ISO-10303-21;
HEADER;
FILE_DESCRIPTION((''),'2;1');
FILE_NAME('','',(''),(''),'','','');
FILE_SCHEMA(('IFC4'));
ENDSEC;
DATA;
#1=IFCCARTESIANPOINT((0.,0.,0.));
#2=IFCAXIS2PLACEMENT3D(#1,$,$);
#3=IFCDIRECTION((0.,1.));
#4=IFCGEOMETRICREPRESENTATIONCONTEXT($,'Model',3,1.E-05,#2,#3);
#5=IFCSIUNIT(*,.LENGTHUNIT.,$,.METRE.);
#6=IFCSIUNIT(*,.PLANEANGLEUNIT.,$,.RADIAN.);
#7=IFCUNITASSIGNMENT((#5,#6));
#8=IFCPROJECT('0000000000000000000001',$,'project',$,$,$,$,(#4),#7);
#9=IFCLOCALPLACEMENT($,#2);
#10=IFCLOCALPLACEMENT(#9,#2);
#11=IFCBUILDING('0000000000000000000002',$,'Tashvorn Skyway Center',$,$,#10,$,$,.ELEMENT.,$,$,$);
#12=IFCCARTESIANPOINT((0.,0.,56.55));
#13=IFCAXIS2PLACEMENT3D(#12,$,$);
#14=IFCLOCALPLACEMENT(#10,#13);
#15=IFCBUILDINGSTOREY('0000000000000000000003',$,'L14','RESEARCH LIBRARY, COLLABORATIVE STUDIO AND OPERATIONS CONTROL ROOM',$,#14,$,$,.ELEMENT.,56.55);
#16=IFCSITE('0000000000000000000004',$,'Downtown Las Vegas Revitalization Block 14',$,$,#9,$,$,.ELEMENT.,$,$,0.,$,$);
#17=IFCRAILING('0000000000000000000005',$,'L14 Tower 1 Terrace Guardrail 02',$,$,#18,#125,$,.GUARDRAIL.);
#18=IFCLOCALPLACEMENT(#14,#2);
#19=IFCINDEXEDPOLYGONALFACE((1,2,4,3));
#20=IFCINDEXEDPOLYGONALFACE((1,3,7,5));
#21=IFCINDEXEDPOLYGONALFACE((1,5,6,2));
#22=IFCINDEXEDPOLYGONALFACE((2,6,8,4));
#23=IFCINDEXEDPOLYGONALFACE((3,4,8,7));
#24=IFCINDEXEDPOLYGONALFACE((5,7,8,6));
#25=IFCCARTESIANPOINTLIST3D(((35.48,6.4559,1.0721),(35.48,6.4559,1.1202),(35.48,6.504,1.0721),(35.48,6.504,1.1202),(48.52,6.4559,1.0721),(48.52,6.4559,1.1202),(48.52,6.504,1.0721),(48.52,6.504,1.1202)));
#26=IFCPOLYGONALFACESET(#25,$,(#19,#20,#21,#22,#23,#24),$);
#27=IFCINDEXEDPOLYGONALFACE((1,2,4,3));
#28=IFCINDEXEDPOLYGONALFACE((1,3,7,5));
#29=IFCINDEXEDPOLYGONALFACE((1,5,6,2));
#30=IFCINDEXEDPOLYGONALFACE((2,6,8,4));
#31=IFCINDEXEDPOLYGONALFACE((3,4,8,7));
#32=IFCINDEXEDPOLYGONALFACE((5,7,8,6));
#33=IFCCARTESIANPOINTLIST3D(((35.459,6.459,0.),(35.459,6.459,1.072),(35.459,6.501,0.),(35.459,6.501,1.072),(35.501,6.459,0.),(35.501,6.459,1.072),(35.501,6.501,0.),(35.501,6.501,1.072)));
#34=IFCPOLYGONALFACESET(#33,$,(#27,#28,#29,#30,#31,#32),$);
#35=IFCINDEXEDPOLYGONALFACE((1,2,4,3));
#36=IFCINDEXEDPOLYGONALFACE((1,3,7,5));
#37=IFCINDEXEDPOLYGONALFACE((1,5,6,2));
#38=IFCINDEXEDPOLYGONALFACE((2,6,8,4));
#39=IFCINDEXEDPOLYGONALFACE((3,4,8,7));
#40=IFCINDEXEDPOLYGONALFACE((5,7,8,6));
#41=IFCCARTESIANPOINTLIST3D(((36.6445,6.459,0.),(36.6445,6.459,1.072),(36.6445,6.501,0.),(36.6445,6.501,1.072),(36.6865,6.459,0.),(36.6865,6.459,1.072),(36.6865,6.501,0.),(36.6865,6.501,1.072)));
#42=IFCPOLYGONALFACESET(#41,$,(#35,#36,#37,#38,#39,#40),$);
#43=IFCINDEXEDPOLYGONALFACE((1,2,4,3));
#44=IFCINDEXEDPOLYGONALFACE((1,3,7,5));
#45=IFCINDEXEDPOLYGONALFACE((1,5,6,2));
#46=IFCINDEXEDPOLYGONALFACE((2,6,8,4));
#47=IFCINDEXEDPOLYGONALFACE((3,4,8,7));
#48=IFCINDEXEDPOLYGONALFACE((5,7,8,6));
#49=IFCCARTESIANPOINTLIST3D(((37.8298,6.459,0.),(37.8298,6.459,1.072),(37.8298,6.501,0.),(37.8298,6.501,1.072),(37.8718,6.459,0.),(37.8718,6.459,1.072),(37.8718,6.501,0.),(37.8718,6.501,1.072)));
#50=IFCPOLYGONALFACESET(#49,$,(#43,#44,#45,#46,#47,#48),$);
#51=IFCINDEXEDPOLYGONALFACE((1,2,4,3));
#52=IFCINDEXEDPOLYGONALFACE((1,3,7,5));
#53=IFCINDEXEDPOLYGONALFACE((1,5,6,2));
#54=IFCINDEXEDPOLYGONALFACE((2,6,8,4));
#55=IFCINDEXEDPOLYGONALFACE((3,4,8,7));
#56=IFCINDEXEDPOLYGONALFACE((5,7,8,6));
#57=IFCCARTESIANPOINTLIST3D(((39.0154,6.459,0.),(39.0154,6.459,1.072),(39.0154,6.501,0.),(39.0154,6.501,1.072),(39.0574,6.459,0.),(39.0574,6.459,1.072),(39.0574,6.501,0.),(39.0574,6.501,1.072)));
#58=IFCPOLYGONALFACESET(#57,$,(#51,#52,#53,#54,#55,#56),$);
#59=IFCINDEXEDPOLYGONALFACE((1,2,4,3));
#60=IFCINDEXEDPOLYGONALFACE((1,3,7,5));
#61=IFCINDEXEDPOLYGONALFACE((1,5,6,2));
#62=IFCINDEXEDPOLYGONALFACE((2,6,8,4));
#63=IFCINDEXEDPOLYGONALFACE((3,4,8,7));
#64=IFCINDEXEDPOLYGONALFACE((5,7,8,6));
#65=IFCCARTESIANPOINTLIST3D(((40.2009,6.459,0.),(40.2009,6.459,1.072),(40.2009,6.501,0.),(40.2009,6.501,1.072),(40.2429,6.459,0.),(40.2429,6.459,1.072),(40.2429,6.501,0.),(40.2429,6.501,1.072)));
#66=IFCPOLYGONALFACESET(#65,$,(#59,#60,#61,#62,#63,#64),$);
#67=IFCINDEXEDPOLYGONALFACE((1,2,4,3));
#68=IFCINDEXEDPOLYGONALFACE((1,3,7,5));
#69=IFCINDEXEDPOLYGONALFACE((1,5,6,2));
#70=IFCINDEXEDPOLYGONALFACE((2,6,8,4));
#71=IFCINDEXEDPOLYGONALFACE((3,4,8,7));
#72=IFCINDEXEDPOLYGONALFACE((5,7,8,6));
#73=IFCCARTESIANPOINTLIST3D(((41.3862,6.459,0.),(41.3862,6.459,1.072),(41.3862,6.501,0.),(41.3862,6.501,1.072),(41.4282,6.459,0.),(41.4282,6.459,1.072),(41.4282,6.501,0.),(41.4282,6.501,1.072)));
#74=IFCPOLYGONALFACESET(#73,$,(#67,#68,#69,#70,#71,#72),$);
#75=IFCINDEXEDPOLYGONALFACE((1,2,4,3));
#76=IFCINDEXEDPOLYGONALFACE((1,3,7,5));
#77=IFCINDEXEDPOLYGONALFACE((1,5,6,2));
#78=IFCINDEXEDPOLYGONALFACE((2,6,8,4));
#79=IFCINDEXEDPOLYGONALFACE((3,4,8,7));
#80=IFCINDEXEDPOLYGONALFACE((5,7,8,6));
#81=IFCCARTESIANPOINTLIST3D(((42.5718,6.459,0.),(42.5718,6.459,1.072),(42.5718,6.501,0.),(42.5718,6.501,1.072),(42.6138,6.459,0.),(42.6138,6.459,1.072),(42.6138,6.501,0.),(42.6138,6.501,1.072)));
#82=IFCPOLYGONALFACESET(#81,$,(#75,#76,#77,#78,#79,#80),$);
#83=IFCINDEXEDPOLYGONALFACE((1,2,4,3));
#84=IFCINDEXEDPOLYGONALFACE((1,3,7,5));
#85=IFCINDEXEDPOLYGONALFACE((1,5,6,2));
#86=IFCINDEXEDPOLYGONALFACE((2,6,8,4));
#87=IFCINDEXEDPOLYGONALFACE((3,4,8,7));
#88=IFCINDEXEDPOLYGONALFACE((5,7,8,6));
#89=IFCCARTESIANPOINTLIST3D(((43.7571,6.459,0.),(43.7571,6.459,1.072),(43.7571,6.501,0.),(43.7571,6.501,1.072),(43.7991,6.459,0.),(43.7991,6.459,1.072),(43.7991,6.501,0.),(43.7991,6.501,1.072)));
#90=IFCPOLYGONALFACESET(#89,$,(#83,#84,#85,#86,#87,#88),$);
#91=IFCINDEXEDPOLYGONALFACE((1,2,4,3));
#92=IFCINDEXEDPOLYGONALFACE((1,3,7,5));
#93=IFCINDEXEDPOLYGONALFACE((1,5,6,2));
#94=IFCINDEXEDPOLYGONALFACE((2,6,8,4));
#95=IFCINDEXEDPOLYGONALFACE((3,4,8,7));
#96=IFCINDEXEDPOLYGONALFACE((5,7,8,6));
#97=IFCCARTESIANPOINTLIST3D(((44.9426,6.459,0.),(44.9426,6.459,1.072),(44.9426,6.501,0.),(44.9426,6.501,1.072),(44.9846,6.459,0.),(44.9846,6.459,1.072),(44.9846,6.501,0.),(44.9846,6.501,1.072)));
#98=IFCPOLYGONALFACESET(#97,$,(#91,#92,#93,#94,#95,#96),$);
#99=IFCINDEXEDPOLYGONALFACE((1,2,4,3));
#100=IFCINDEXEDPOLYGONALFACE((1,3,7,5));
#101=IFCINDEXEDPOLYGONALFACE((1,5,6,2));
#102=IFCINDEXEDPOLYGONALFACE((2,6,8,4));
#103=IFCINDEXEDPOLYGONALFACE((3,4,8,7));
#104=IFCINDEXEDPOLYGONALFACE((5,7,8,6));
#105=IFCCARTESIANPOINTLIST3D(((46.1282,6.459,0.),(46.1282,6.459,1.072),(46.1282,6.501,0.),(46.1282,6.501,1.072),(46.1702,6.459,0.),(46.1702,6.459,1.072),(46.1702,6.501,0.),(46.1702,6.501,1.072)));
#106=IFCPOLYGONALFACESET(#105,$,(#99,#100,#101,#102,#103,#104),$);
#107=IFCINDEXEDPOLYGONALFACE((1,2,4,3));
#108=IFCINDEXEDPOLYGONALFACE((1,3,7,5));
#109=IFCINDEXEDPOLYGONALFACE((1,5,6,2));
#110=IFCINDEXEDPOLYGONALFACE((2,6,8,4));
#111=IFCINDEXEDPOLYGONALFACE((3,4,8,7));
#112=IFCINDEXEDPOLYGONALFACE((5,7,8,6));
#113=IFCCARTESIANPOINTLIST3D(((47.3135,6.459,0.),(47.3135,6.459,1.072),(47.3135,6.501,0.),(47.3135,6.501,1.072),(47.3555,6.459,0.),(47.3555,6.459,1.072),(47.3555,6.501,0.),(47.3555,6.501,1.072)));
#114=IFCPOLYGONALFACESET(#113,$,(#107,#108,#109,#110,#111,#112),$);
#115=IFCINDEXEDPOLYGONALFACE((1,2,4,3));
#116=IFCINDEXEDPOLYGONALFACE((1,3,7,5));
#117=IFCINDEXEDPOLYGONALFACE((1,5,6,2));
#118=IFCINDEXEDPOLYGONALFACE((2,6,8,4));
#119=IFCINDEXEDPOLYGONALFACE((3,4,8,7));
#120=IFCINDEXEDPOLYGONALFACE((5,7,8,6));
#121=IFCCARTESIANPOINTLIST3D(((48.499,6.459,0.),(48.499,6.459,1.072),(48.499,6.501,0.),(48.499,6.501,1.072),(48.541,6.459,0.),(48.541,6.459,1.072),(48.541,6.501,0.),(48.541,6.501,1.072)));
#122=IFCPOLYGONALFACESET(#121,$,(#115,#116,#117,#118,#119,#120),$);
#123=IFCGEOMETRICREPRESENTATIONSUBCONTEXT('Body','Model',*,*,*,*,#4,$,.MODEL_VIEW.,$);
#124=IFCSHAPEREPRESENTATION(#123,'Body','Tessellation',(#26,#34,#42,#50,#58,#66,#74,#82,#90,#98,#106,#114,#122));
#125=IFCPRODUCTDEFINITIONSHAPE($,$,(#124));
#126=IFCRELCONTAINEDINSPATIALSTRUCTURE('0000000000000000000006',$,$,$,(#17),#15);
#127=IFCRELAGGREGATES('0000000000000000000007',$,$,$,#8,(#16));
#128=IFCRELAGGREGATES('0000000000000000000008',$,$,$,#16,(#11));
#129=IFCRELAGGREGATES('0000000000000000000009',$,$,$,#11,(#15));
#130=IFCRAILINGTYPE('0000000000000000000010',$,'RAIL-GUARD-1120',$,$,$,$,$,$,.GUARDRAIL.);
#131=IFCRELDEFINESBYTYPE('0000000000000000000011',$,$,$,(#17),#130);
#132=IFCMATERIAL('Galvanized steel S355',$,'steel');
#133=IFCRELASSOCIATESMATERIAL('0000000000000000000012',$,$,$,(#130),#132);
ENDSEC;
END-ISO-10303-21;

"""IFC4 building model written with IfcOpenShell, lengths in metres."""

from ifc_helpers import new_model, si_unit, direction, frame, origin, origin_2d, place, context, subcontext, project, spatial, rectangle, extrude, material, type_object, element, save


model = new_model("IFC4")

# Units and contexts
model_context = context("Model", 3, precision=1e-05, world=origin(), true_north=direction((0.0, 1.0)))
body_context = subcontext(model_context, "Body", "Model", "MODEL_VIEW")
ifc_project = project(units=[si_unit("LENGTHUNIT", "METRE"), si_unit("PLANEANGLEUNIT", "RADIAN")], contexts=[model_context])

# Site, building, storey
site_placement = place(None, origin())
site = spatial("IfcSite", under=ifc_project, at=site_placement, Name="Downtown Las Vegas Revitalization Block 14", CompositionType="ELEMENT", RefElevation=0.0)
building_placement = place(site_placement, origin())
building = spatial("IfcBuilding", under=site, at=building_placement, Name="Tashvorn Skyway Center", CompositionType="ELEMENT")
storey_placement = place(building_placement, frame((0.0, 0.0, 56.55)))
storey = spatial("IfcBuildingStorey", under=building, at=storey_placement, Name="L14", Description="RESEARCH LIBRARY, COLLABORATIVE STUDIO AND OPERATIONS CONTROL ROOM", CompositionType="ELEMENT", Elevation=56.55)

# Railing
ifc_material_1 = material(Name="Galvanized steel S355", Category="steel")
railing_type = type_object("IfcRailingType", Name="RAIL-GUARD-1120", PredefinedType="GUARDRAIL", material=ifc_material_1)
railing_1_placement = place(storey_placement, frame((35.48, 6.48, 0.0)))
element("IfcRailing", 1, at=railing_1_placement, inside=storey, type_object=railing_type, Name="L14 Tower 1 Terrace Guardrail 02", PredefinedType="GUARDRAIL", context=body_context, shape_type="SweptSolid", body=[
    extrude(rectangle(XDim=0.0481, YDim=0.0481, at=origin_2d()), frame((0.0, 0.0, 1.0962), z_axis=(1.0, 0.0, 0.0), x_axis=(0.0, 1.0, 0.0)), (0.0, 0.0, 1.0), 13.04),
    extrude(rectangle(XDim=0.042, YDim=0.042, at=origin_2d()), origin(), (0.0, 0.0, 1.0), 1.072),
    extrude(rectangle(XDim=0.042, YDim=0.042, at=origin_2d()), frame((1.1855, 0.0, 0.0)), (0.0, 0.0, 1.0), 1.072),
    extrude(rectangle(XDim=0.042, YDim=0.042, at=origin_2d()), frame((2.3708, 0.0, 0.0)), (0.0, 0.0, 1.0), 1.072),
    extrude(rectangle(XDim=0.042, YDim=0.042, at=origin_2d()), frame((3.5564, 0.0, 0.0)), (0.0, 0.0, 1.0), 1.072),
    extrude(rectangle(XDim=0.042, YDim=0.042, at=origin_2d()), frame((4.7419, 0.0, 0.0)), (0.0, 0.0, 1.0), 1.072),
    extrude(rectangle(XDim=0.042, YDim=0.042, at=origin_2d()), frame((5.9272, 0.0, 0.0)), (0.0, 0.0, 1.0), 1.072),
    extrude(rectangle(XDim=0.042, YDim=0.042, at=origin_2d()), frame((7.1128, 0.0, 0.0)), (0.0, 0.0, 1.0), 1.072),
    extrude(rectangle(XDim=0.042, YDim=0.042, at=origin_2d()), frame((8.2981, 0.0, 0.0)), (0.0, 0.0, 1.0), 1.072),
    extrude(rectangle(XDim=0.042, YDim=0.042, at=origin_2d()), frame((9.4836, 0.0, 0.0)), (0.0, 0.0, 1.0), 1.072),
    extrude(rectangle(XDim=0.042, YDim=0.042, at=origin_2d()), frame((10.6692, 0.0, 0.0)), (0.0, 0.0, 1.0), 1.072),
    extrude(rectangle(XDim=0.042, YDim=0.042, at=origin_2d()), frame((11.8545, 0.0, 0.0)), (0.0, 0.0, 1.0), 1.072),
    extrude(rectangle(XDim=0.042, YDim=0.042, at=origin_2d()), frame((13.04, 0.0, 0.0)), (0.0, 0.0, 1.0), 1.072),
])

save(model, "model.ifc")
